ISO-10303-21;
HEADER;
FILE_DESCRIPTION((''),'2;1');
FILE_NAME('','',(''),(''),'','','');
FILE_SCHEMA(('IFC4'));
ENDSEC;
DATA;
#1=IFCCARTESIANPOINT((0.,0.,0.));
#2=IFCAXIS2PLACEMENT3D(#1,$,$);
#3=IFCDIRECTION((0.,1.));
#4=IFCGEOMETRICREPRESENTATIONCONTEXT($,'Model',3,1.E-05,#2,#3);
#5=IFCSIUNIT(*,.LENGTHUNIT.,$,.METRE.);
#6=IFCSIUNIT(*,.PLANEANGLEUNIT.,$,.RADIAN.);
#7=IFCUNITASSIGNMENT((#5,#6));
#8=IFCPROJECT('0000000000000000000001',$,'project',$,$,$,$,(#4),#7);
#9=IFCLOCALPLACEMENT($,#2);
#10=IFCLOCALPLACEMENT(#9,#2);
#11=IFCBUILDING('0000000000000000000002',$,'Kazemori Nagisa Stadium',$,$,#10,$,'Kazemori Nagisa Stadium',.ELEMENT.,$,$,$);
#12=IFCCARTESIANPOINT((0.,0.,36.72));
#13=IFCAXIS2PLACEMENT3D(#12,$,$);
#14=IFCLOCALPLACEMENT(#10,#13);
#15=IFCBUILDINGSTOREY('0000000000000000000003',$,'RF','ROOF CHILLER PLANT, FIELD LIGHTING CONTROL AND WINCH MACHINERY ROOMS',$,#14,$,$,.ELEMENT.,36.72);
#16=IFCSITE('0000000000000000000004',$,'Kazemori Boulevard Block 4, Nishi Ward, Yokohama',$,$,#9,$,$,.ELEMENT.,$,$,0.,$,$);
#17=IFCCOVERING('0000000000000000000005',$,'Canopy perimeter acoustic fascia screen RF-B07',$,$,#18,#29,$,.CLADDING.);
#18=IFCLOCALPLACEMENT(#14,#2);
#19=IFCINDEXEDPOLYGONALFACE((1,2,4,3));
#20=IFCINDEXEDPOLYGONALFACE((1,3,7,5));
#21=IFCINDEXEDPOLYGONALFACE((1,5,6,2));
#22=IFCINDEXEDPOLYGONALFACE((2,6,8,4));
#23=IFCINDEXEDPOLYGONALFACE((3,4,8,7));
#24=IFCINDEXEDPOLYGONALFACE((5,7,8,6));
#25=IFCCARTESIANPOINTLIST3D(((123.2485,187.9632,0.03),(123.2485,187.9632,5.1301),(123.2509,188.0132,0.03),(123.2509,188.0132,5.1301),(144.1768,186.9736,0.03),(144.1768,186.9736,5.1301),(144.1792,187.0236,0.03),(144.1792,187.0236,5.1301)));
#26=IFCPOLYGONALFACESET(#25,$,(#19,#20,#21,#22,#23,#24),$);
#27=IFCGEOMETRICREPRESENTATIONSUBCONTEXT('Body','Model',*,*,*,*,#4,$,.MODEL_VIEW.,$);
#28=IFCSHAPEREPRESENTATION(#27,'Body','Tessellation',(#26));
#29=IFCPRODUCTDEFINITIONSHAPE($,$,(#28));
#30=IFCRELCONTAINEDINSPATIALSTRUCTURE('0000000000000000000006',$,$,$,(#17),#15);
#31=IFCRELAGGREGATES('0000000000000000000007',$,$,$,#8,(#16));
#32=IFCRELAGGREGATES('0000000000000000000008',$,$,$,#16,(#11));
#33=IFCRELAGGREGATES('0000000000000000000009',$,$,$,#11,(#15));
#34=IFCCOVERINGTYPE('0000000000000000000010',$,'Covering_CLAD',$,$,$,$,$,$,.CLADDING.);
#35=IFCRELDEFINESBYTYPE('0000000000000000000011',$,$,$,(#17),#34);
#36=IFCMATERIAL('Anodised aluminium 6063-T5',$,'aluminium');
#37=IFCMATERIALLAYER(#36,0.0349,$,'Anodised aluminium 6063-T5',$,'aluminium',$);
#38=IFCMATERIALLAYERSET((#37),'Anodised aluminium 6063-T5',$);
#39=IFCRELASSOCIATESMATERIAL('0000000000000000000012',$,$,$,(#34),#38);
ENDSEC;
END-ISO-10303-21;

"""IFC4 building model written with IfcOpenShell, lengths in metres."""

from ifc_helpers import new_model, si_unit, direction, frame, origin, origin_2d, place, context, subcontext, project, spatial, rectangle, extrude, material, layer, layer_set, type_object, element, save


model = new_model("IFC4")

# Units and contexts
model_context = context("Model", 3, precision=1e-05, world=origin(), true_north=direction((0.0, 1.0)))
body_context = subcontext(model_context, "Body", "Model", "MODEL_VIEW")
ifc_project = project(units=[si_unit("LENGTHUNIT", "METRE"), si_unit("PLANEANGLEUNIT", "RADIAN")], contexts=[model_context])

# Site, building, storey
site_placement = place(None, origin())
site = spatial("IfcSite", under=ifc_project, at=site_placement, Name="Kazemori Boulevard Block 4, Nishi Ward, Yokohama", CompositionType="ELEMENT", RefElevation=0.0)
building_placement = place(site_placement, origin())
building = spatial("IfcBuilding", under=site, at=building_placement, Name="Kazemori Nagisa Stadium", LongName="Kazemori Nagisa Stadium", CompositionType="ELEMENT")
storey_placement = place(building_placement, frame((0.0, 0.0, 36.72)))
storey = spatial("IfcBuildingStorey", under=building, at=storey_placement, Name="RF", Description="ROOF CHILLER PLANT, FIELD LIGHTING CONTROL AND WINCH MACHINERY ROOMS", CompositionType="ELEMENT", Elevation=36.72)

# Covering
ifc_material_1 = material(Name="Anodised aluminium 6063-T5", Category="aluminium")
ifc_layer_1 = layer(ifc_material_1, 0.0349, Name="Anodised aluminium 6063-T5", Category="aluminium")
ifc_layer_set_1 = layer_set([ifc_layer_1], Name="Anodised aluminium 6063-T5")
covering_type = type_object("IfcCoveringType", Name="Covering_CLAD", PredefinedType="CLADDING", material=ifc_layer_set_1)
covering_placement = place(storey_placement, frame((133.7139, 187.4934, 0.03), z_axis=(0.0, 0.0, 1.0), x_axis=(-0.998884, 0.04723, 0.0)))
element("IfcCovering", 1, at=covering_placement, inside=storey, type_object=covering_type, Name="Canopy perimeter acoustic fascia screen RF-B07", PredefinedType="CLADDING", context=body_context, shape_type="SweptSolid", body=[
    extrude(rectangle(XDim=20.9517, YDim=0.05, at=origin_2d()), origin(), (0.0, 0.0, 1.0), 5.1001),
])

save(model, "model.ifc")
